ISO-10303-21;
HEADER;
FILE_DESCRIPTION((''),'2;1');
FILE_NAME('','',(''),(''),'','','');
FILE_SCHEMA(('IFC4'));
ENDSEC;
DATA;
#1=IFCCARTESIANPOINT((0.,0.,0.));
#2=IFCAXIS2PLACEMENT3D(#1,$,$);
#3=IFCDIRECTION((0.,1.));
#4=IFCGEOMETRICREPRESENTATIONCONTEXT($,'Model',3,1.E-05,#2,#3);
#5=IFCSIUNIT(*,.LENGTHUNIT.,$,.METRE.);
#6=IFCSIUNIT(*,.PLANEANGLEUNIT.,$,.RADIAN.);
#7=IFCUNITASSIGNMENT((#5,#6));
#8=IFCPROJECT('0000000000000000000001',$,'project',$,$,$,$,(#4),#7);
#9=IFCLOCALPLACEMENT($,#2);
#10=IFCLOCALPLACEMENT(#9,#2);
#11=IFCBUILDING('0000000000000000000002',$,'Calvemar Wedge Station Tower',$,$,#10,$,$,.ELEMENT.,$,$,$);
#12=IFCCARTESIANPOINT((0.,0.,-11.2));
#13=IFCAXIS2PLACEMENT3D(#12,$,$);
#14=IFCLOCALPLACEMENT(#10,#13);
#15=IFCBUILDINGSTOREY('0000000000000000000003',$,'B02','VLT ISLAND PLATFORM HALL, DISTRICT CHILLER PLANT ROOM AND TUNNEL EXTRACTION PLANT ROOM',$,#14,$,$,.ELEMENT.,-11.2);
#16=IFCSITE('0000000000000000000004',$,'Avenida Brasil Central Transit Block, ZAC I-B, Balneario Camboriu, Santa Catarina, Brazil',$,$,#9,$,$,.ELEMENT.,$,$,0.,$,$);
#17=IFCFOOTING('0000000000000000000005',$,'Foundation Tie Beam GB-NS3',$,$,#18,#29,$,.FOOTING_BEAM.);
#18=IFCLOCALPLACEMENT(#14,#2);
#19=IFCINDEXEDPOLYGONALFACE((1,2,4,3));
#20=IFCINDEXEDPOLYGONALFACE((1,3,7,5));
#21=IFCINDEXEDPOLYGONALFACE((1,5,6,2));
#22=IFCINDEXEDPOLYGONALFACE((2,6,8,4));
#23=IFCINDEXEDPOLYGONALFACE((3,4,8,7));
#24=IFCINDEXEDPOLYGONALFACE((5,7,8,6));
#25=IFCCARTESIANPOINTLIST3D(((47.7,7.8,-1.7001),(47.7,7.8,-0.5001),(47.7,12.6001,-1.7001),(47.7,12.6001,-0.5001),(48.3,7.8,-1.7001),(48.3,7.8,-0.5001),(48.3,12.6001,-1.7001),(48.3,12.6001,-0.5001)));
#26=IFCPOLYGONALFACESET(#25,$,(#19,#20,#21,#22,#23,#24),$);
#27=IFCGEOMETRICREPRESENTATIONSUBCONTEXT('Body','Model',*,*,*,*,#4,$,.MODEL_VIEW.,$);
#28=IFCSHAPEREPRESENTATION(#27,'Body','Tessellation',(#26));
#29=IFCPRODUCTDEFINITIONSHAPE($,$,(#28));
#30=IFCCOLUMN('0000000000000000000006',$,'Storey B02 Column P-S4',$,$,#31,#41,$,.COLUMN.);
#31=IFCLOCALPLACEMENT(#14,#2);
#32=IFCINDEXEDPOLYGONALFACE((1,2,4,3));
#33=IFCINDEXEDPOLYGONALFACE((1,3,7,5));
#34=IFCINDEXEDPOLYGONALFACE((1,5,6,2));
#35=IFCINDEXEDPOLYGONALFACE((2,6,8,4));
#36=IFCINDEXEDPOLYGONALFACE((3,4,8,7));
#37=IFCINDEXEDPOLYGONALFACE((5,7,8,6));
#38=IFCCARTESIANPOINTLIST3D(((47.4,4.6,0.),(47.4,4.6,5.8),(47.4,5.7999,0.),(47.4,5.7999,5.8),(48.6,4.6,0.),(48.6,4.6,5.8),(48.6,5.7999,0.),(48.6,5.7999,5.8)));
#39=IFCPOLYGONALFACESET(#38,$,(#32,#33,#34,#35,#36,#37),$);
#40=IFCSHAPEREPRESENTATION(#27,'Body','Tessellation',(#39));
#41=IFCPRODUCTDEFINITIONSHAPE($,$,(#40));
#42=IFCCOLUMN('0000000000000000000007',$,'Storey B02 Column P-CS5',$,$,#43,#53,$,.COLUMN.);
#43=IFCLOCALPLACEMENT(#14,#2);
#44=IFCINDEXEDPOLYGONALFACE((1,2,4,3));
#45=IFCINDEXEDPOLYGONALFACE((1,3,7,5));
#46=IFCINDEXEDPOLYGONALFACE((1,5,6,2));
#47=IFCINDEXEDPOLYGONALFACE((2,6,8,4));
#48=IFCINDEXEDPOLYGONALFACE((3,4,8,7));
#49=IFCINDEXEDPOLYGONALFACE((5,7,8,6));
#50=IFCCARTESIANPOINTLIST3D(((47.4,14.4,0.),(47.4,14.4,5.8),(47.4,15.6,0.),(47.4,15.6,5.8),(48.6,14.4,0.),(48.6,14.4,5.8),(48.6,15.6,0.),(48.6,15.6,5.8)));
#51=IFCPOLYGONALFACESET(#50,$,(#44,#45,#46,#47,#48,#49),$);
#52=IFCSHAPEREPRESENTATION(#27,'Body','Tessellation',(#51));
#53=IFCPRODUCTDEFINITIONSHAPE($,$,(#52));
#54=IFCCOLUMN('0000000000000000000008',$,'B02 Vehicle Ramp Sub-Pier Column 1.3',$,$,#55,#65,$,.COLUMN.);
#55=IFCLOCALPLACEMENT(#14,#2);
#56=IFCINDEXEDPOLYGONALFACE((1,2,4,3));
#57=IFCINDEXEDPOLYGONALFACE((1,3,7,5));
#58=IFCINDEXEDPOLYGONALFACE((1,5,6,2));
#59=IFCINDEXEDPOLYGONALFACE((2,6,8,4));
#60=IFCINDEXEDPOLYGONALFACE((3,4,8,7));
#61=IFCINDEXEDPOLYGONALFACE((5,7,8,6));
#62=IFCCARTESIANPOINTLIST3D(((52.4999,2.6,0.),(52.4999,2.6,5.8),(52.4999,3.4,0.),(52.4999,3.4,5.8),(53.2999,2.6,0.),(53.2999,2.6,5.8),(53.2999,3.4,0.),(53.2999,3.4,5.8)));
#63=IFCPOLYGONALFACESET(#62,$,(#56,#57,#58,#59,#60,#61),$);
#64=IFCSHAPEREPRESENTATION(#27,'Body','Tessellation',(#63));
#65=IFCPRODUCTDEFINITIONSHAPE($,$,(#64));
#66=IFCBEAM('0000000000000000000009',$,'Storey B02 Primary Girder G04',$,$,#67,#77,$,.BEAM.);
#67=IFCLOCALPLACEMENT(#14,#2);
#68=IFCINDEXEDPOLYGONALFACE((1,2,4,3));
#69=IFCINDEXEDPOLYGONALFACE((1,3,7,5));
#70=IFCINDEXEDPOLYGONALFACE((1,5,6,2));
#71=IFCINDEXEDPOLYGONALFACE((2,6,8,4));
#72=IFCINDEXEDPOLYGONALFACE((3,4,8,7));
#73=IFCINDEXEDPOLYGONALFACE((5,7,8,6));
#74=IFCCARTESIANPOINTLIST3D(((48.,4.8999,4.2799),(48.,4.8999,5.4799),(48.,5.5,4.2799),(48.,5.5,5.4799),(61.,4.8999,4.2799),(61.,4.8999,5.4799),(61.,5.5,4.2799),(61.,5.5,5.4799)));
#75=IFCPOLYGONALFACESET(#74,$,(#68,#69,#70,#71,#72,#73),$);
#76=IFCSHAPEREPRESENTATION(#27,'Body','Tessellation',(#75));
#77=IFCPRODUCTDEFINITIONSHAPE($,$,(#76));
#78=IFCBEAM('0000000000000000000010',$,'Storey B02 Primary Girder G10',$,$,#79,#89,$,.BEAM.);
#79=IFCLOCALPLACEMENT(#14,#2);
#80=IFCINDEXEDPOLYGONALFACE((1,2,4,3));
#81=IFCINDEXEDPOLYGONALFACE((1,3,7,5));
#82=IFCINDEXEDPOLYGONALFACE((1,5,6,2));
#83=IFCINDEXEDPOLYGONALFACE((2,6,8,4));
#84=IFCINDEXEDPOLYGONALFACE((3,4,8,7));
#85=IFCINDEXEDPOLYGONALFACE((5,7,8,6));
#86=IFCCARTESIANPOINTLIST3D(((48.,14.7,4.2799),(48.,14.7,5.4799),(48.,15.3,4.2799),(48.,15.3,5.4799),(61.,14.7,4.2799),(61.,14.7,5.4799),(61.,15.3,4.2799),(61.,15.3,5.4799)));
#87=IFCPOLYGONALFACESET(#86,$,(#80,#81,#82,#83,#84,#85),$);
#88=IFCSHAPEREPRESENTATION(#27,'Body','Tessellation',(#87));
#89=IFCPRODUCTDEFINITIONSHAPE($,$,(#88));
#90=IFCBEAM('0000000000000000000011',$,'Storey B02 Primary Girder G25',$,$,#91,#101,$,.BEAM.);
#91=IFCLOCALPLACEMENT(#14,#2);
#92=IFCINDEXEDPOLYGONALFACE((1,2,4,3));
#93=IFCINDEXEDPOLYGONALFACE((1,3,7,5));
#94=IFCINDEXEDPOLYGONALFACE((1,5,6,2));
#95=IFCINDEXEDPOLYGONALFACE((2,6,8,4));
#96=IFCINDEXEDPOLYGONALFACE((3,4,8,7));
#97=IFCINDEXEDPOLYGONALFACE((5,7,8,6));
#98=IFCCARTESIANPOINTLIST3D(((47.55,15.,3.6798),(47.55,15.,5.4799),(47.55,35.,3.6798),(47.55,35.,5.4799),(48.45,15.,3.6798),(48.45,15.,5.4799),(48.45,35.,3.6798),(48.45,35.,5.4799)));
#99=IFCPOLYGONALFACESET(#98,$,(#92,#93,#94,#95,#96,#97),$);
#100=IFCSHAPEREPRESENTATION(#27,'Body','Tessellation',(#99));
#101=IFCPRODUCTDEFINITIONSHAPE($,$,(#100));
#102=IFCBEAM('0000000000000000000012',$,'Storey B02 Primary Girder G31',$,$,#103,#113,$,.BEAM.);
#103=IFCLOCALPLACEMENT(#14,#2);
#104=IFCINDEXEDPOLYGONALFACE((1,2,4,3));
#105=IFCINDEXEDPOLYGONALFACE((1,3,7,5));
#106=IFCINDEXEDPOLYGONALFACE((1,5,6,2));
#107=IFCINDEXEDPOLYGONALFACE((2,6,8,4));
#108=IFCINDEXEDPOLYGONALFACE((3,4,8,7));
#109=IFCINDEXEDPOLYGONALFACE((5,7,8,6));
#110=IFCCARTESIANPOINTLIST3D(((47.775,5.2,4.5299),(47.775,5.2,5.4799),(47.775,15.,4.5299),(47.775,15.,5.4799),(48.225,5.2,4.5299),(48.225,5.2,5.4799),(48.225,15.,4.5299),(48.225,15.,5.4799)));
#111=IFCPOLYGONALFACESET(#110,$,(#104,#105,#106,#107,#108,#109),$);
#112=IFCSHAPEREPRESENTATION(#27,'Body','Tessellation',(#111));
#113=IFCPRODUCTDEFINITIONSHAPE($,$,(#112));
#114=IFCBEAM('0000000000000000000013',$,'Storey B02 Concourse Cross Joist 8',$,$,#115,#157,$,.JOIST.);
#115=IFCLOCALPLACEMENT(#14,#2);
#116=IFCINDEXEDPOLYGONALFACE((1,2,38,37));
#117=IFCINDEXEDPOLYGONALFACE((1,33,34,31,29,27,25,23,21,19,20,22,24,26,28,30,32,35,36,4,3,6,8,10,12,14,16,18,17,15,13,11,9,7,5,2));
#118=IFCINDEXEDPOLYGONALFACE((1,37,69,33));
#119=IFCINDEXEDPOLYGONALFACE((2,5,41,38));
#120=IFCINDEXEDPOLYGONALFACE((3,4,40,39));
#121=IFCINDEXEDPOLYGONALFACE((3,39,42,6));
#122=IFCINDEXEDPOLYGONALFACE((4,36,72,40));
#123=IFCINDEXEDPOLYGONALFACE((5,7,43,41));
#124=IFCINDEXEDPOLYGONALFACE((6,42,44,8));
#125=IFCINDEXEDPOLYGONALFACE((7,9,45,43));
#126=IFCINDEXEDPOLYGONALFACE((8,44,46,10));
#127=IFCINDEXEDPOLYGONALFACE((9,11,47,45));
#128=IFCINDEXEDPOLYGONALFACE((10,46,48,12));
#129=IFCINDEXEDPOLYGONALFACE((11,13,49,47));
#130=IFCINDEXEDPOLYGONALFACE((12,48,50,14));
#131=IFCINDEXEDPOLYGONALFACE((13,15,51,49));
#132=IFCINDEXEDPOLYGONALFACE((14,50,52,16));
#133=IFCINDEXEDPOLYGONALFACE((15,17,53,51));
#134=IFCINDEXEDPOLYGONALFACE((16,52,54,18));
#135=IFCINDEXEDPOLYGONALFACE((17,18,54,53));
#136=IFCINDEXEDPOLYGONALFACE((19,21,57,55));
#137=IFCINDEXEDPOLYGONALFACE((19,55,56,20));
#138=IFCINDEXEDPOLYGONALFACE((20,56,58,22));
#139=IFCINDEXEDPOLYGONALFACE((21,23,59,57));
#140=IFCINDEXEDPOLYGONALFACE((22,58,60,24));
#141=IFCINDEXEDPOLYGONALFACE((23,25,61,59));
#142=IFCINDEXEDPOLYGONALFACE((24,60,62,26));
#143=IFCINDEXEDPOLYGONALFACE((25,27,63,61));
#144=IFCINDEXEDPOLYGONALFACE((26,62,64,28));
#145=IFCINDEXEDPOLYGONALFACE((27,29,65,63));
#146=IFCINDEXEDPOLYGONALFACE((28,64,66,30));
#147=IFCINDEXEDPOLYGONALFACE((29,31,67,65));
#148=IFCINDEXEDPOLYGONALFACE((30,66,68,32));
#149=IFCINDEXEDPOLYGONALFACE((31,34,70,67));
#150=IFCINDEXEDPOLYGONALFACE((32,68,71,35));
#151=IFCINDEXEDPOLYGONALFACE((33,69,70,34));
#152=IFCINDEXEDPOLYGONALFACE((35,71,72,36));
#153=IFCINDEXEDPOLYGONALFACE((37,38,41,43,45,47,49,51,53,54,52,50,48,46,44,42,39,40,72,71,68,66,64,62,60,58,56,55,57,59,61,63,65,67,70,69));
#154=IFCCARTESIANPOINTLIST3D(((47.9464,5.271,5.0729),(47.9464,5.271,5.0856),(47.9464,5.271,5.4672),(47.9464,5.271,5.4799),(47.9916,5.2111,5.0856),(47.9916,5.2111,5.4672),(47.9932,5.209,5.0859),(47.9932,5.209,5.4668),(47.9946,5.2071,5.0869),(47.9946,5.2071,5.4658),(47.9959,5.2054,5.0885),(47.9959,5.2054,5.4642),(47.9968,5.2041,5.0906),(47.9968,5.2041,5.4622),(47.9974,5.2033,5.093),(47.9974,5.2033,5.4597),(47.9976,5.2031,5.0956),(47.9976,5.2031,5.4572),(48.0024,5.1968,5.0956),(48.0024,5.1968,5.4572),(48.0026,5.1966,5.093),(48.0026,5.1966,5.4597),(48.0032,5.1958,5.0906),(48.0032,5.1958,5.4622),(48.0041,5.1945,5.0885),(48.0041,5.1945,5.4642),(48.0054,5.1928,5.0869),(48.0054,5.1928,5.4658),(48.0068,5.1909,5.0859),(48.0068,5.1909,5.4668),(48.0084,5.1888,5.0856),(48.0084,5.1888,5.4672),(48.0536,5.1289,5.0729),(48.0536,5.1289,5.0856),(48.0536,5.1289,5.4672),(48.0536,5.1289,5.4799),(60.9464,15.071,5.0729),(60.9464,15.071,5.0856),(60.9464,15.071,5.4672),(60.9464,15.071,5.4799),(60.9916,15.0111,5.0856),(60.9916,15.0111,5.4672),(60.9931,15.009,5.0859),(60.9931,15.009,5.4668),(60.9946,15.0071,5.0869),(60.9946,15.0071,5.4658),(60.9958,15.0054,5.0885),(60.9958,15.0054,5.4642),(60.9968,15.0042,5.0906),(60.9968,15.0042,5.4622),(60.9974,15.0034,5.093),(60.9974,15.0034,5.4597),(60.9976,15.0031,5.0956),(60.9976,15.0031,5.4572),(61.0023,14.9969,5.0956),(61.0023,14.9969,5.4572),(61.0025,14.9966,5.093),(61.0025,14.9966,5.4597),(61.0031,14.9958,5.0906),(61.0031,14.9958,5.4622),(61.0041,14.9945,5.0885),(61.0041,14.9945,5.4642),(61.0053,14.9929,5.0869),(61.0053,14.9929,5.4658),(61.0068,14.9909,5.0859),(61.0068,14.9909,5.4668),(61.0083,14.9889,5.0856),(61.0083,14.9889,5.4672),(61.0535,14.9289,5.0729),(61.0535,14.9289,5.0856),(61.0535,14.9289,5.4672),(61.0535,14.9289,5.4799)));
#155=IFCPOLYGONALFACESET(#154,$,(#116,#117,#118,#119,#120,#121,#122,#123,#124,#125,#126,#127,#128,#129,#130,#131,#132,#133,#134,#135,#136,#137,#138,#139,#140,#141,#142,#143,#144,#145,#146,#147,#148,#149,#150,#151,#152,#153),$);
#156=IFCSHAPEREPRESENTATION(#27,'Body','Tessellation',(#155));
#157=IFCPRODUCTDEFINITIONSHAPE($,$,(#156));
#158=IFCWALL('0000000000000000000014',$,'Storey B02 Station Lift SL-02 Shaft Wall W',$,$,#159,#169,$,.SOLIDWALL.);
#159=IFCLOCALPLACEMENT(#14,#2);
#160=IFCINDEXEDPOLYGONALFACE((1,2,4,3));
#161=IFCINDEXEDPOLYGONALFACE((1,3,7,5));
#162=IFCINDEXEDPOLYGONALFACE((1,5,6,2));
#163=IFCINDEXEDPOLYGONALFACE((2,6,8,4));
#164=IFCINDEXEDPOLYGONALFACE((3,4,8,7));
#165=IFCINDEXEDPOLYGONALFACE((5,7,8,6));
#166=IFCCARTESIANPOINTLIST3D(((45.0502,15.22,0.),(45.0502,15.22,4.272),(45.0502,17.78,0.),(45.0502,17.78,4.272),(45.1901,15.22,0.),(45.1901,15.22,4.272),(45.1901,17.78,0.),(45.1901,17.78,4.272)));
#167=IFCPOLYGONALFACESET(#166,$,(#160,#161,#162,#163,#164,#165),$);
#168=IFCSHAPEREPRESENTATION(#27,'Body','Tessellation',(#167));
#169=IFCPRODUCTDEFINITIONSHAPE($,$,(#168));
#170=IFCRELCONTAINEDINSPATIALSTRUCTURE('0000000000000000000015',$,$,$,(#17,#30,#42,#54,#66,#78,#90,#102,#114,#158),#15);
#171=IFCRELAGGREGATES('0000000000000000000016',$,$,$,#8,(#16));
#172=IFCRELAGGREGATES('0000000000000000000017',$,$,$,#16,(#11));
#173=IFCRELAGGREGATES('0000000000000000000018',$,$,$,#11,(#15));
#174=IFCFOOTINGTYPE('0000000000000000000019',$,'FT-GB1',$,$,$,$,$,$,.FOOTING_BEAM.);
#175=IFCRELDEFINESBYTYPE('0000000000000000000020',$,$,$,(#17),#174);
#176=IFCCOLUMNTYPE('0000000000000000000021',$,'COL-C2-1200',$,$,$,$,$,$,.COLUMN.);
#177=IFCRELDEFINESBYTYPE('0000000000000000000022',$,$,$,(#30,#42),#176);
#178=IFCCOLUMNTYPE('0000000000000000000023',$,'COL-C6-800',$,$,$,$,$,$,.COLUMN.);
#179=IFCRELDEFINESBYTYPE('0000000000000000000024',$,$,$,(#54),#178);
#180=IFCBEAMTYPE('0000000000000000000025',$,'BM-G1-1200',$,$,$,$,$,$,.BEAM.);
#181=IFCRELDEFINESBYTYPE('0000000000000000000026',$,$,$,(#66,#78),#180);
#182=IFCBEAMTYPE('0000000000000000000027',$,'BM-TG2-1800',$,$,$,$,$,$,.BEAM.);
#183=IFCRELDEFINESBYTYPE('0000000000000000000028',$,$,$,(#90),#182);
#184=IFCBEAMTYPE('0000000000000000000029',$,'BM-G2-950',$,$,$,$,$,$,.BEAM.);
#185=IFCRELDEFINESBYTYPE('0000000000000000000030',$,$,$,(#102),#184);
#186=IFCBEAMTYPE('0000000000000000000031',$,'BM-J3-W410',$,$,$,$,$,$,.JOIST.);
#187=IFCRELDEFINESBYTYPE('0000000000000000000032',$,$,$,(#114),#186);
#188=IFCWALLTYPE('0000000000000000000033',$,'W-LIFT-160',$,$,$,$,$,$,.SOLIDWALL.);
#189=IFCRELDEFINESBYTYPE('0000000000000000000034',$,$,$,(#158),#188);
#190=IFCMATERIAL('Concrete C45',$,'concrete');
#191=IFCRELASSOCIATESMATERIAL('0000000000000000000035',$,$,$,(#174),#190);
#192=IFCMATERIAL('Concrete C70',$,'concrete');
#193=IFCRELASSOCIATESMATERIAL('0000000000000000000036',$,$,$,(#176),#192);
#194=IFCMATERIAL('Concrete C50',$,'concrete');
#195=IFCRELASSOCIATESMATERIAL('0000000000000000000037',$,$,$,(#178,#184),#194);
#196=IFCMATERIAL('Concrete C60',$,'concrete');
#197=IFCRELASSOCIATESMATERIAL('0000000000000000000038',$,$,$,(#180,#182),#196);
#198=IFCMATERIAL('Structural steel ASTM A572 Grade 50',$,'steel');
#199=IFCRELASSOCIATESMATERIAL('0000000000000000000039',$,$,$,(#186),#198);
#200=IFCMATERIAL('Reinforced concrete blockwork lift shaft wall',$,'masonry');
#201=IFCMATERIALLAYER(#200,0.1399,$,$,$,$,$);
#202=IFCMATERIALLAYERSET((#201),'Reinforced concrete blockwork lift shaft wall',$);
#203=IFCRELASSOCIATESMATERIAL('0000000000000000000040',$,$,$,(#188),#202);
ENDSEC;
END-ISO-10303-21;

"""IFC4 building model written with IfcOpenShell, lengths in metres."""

from ifc_helpers import new_model, si_unit, direction, frame, frame_2d, origin, origin_2d, place, context, subcontext, project, spatial, rectangle, i_section, extrude, source, transform, mapped, material, layer, layer_set, material_profile, profile_set, type_object, element, save


model = new_model("IFC4")

# Units and contexts
model_context = context("Model", 3, precision=1e-05, world=origin(), true_north=direction((0.0, 1.0)))
body_context = subcontext(model_context, "Body", "Model", "MODEL_VIEW")
ifc_project = project(units=[si_unit("LENGTHUNIT", "METRE"), si_unit("PLANEANGLEUNIT", "RADIAN")], contexts=[model_context])

# Site, building, storey
site_placement = place(None, origin())
site = spatial("IfcSite", under=ifc_project, at=site_placement, Name="Avenida Brasil Central Transit Block, ZAC I-B, Balneario Camboriu, Santa Catarina, Brazil", CompositionType="ELEMENT", RefElevation=0.0)
building_placement = place(site_placement, origin())
building = spatial("IfcBuilding", under=site, at=building_placement, Name="Calvemar Wedge Station Tower", CompositionType="ELEMENT")
storey_placement = place(building_placement, frame((0.0, 0.0, -11.2)))
storey = spatial("IfcBuildingStorey", under=building, at=storey_placement, Name="B02", Description="VLT ISLAND PLATFORM HALL, DISTRICT CHILLER PLANT ROOM AND TUNNEL EXTRACTION PLANT ROOM", CompositionType="ELEMENT", Elevation=-11.2)

# Shared definitions
ifc_material_1 = material(Name="Concrete C45", Category="concrete")

# Footing
ifc_material_profile_1 = material_profile(ifc_material_1, rectangle(XDim=0.6001, YDim=1.2, at=origin_2d()), Name="RC600x1200")
ifc_profile_set_1 = profile_set([ifc_material_profile_1], Name="Concrete C45")
footing_type_1 = type_object("IfcFootingType", Name="FT-GB1", PredefinedType="FOOTING_BEAM", material=ifc_profile_set_1)
shared_shape_1 = source(origin(), body_context, "Body", "SweptSolid", [
    extrude(rectangle(XDim=0.6001, YDim=1.2, at=origin_2d()), origin(), (0.0, 0.0, 1.0), 4.8),
])
footing_1_placement = place(storey_placement, frame((48.0, 7.8, -1.1001), z_axis=(0.0, 1.0, 0.0), x_axis=(-1.0, 0.0, 0.0)))
element("IfcFooting", 1, at=footing_1_placement, inside=storey, type_object=footing_type_1, Name="Foundation Tie Beam GB-NS3", PredefinedType="FOOTING_BEAM", context=body_context, shape_type="MappedRepresentation", body=[
    mapped(shared_shape_1, transform((0.0, 0.0, 0.0), scale=1.0)),
])

# Columns
ifc_material_2 = material(Name="Concrete C70", Category="concrete")
ifc_material_profile_2 = material_profile(ifc_material_2, rectangle(XDim=1.2, YDim=1.2, at=origin_2d()), Name="RC1200x1200")
ifc_profile_set_2 = profile_set([ifc_material_profile_2], Name="Concrete C70")
column_type_1 = type_object("IfcColumnType", Name="COL-C2-1200", PredefinedType="COLUMN", material=ifc_profile_set_2)
shared_shape_2 = source(origin(), body_context, "Body", "SweptSolid", [
    extrude(rectangle(XDim=1.2, YDim=1.2, at=origin_2d()), origin(), (0.0, 0.0, 1.0), 5.8),
])
for number, where, z_axis, x_axis, name in (
    (2, (48.0, 5.2, 0.0), (0.0, 0.0, 1.0), (1.0, 0.0, 0.0), "Storey B02 Column P-S4"),
    (3, (48.0, 15.0, 0.0), (0.0, 0.0, 1.0), (1.0, 0.0, 0.0), "Storey B02 Column P-CS5"),
):
    element("IfcColumn", number, at=place(storey_placement, frame(where, z_axis=z_axis, x_axis=x_axis)), inside=storey, type_object=column_type_1, Name=name, PredefinedType="COLUMN", context=body_context, shape_type="MappedRepresentation", body=[
        mapped(shared_shape_2, transform((0.0, 0.0, 0.0), scale=1.0)),
    ])
ifc_material_3 = material(Name="Concrete C50", Category="concrete")
ifc_material_profile_3 = material_profile(ifc_material_3, rectangle(XDim=0.8, YDim=0.8, at=origin_2d()), Name="RC800x800")
ifc_profile_set_3 = profile_set([ifc_material_profile_3], Name="Concrete C50")
column_type_2 = type_object("IfcColumnType", Name="COL-C6-800", PredefinedType="COLUMN", material=ifc_profile_set_3)
shared_shape_3 = source(origin(), body_context, "Body", "SweptSolid", [
    extrude(rectangle(XDim=0.8, YDim=0.8, at=origin_2d()), origin(), (0.0, 0.0, 1.0), 5.8),
])
column_placement = place(storey_placement, frame((52.8999, 3.0, 0.0), z_axis=(0.0, 0.0, 1.0), x_axis=(1.0, 0.0, 0.0)))
element("IfcColumn", 4, at=column_placement, inside=storey, type_object=column_type_2, Name="B02 Vehicle Ramp Sub-Pier Column 1.3", PredefinedType="COLUMN", context=body_context, shape_type="MappedRepresentation", body=[
    mapped(shared_shape_3, transform((0.0, 0.0, 0.0), scale=1.0)),
])

# Beams
ifc_material_4 = material(Name="Concrete C60", Category="concrete")
ifc_material_profile_4 = material_profile(ifc_material_4, rectangle(XDim=0.6001, YDim=1.2, at=origin_2d()), Name="RC600x1200")
ifc_profile_set_4 = profile_set([ifc_material_profile_4], Name="Concrete C60")
beam_type_1 = type_object("IfcBeamType", Name="BM-G1-1200", PredefinedType="BEAM", material=ifc_profile_set_4)
shared_shape_4 = source(origin(), body_context, "Body", "SweptSolid", [
    extrude(rectangle(XDim=0.6001, YDim=1.2, at=origin_2d()), origin(), (0.0, 0.0, 1.0), 13.0),
])
for number, where, z_axis, x_axis, name in (
    (5, (48.0, 5.2, 4.8799), (1.0, 0.0, 0.0), (0.0, 1.0, 0.0), "Storey B02 Primary Girder G04"),
    (6, (48.0, 15.0, 4.8799), (1.0, 0.0, 0.0), (0.0, 1.0, 0.0), "Storey B02 Primary Girder G10"),
):
    element("IfcBeam", number, at=place(storey_placement, frame(where, z_axis=z_axis, x_axis=x_axis)), inside=storey, type_object=beam_type_1, Name=name, PredefinedType="BEAM", context=body_context, shape_type="MappedRepresentation", body=[
        mapped(shared_shape_4, transform((0.0, 0.0, 0.0), scale=1.0)),
    ])
ifc_material_profile_5 = material_profile(ifc_material_4, rectangle(XDim=0.8999, YDim=1.8, at=origin_2d()), Name="RC900x1800")
ifc_profile_set_5 = profile_set([ifc_material_profile_5], Name="Concrete C60")
beam_type_2 = type_object("IfcBeamType", Name="BM-TG2-1800", PredefinedType="BEAM", material=ifc_profile_set_5)
shared_shape_5 = source(origin(), body_context, "Body", "SweptSolid", [
    extrude(rectangle(XDim=0.8999, YDim=1.8, at=origin_2d()), origin(), (0.0, 0.0, 1.0), 20.0),
])
beam_1_placement = place(storey_placement, frame((48.0, 15.0, 4.5798), z_axis=(0.0, 1.0, 0.0), x_axis=(-1.0, 0.0, 0.0)))
element("IfcBeam", 7, at=beam_1_placement, inside=storey, type_object=beam_type_2, Name="Storey B02 Primary Girder G25", PredefinedType="BEAM", context=body_context, shape_type="MappedRepresentation", body=[
    mapped(shared_shape_5, transform((0.0, 0.0, 0.0), scale=1.0)),
])
ifc_material_profile_6 = material_profile(ifc_material_3, rectangle(XDim=0.45, YDim=0.95, at=origin_2d()), Name="RC450x950")
ifc_profile_set_6 = profile_set([ifc_material_profile_6], Name="Concrete C50")
beam_type_3 = type_object("IfcBeamType", Name="BM-G2-950", PredefinedType="BEAM", material=ifc_profile_set_6)
shared_shape_6 = source(origin(), body_context, "Body", "SweptSolid", [
    extrude(rectangle(XDim=0.45, YDim=0.95, at=origin_2d()), origin(), (0.0, 0.0, 1.0), 9.8),
])
beam_2_placement = place(storey_placement, frame((48.0, 5.2, 5.0049), z_axis=(0.0, 1.0, 0.0), x_axis=(-1.0, 0.0, 0.0)))
element("IfcBeam", 8, at=beam_2_placement, inside=storey, type_object=beam_type_3, Name="Storey B02 Primary Girder G31", PredefinedType="BEAM", context=body_context, shape_type="MappedRepresentation", body=[
    mapped(shared_shape_6, transform((0.0, 0.0, 0.0), scale=1.0)),
])
ifc_material_5 = material(Name="Structural steel ASTM A572 Grade 50", Category="steel")
ifc_material_profile_7 = material_profile(ifc_material_5, i_section(OverallWidth=0.178, OverallDepth=0.407, WebThickness=0.0078, FlangeThickness=0.0127, FilletRadius=0.01, at=origin_2d()), Name="W410x60")
ifc_profile_set_7 = profile_set([ifc_material_profile_7], Name="Structural steel ASTM A572 Grade 50")
beam_type_4 = type_object("IfcBeamType", Name="BM-J3-W410", PredefinedType="JOIST", material=ifc_profile_set_7)
shared_shape_7 = source(origin(), body_context, "Body", "SweptSolid", [
    extrude(i_section(OverallWidth=0.178, OverallDepth=0.407, WebThickness=0.0078, FlangeThickness=0.0127, FilletRadius=0.01, at=origin_2d()), origin(), (0.0, 0.0, 1.0), 16.28),
])
beam_3_placement = place(storey_placement, frame((48.0, 5.2, 5.2764), z_axis=(0.798522, 0.601966, 0.0), x_axis=(-0.601966, 0.798522, 0.0)))
element("IfcBeam", 9, at=beam_3_placement, inside=storey, type_object=beam_type_4, Name="Storey B02 Concourse Cross Joist 8", PredefinedType="JOIST", context=body_context, shape_type="MappedRepresentation", body=[
    mapped(shared_shape_7, transform((0.0, 0.0, 0.0), scale=1.0)),
])

# Wall
ifc_material_6 = material(Name="Reinforced concrete blockwork lift shaft wall", Category="masonry")
ifc_layer = layer(ifc_material_6, 0.1399)
ifc_layer_set = layer_set([ifc_layer], Name="Reinforced concrete blockwork lift shaft wall")
wall_type = type_object("IfcWallType", Name="W-LIFT-160", PredefinedType="SOLIDWALL", material=ifc_layer_set)
wall_1_placement = place(storey_placement, frame((45.1201, 15.22, 0.0), z_axis=(0.0, 0.0, 1.0), x_axis=(0.0, 1.0, 0.0)))
element("IfcWall", 10, at=wall_1_placement, inside=storey, type_object=wall_type, Name="Storey B02 Station Lift SL-02 Shaft Wall W", PredefinedType="SOLIDWALL", context=body_context, shape_type="SweptSolid", body=[
    extrude(rectangle(XDim=2.5601, YDim=0.1399, at=frame_2d((1.28, 0.0))), origin(), (0.0, 0.0, 1.0), 4.272),
])

save(model, "model.ifc")
